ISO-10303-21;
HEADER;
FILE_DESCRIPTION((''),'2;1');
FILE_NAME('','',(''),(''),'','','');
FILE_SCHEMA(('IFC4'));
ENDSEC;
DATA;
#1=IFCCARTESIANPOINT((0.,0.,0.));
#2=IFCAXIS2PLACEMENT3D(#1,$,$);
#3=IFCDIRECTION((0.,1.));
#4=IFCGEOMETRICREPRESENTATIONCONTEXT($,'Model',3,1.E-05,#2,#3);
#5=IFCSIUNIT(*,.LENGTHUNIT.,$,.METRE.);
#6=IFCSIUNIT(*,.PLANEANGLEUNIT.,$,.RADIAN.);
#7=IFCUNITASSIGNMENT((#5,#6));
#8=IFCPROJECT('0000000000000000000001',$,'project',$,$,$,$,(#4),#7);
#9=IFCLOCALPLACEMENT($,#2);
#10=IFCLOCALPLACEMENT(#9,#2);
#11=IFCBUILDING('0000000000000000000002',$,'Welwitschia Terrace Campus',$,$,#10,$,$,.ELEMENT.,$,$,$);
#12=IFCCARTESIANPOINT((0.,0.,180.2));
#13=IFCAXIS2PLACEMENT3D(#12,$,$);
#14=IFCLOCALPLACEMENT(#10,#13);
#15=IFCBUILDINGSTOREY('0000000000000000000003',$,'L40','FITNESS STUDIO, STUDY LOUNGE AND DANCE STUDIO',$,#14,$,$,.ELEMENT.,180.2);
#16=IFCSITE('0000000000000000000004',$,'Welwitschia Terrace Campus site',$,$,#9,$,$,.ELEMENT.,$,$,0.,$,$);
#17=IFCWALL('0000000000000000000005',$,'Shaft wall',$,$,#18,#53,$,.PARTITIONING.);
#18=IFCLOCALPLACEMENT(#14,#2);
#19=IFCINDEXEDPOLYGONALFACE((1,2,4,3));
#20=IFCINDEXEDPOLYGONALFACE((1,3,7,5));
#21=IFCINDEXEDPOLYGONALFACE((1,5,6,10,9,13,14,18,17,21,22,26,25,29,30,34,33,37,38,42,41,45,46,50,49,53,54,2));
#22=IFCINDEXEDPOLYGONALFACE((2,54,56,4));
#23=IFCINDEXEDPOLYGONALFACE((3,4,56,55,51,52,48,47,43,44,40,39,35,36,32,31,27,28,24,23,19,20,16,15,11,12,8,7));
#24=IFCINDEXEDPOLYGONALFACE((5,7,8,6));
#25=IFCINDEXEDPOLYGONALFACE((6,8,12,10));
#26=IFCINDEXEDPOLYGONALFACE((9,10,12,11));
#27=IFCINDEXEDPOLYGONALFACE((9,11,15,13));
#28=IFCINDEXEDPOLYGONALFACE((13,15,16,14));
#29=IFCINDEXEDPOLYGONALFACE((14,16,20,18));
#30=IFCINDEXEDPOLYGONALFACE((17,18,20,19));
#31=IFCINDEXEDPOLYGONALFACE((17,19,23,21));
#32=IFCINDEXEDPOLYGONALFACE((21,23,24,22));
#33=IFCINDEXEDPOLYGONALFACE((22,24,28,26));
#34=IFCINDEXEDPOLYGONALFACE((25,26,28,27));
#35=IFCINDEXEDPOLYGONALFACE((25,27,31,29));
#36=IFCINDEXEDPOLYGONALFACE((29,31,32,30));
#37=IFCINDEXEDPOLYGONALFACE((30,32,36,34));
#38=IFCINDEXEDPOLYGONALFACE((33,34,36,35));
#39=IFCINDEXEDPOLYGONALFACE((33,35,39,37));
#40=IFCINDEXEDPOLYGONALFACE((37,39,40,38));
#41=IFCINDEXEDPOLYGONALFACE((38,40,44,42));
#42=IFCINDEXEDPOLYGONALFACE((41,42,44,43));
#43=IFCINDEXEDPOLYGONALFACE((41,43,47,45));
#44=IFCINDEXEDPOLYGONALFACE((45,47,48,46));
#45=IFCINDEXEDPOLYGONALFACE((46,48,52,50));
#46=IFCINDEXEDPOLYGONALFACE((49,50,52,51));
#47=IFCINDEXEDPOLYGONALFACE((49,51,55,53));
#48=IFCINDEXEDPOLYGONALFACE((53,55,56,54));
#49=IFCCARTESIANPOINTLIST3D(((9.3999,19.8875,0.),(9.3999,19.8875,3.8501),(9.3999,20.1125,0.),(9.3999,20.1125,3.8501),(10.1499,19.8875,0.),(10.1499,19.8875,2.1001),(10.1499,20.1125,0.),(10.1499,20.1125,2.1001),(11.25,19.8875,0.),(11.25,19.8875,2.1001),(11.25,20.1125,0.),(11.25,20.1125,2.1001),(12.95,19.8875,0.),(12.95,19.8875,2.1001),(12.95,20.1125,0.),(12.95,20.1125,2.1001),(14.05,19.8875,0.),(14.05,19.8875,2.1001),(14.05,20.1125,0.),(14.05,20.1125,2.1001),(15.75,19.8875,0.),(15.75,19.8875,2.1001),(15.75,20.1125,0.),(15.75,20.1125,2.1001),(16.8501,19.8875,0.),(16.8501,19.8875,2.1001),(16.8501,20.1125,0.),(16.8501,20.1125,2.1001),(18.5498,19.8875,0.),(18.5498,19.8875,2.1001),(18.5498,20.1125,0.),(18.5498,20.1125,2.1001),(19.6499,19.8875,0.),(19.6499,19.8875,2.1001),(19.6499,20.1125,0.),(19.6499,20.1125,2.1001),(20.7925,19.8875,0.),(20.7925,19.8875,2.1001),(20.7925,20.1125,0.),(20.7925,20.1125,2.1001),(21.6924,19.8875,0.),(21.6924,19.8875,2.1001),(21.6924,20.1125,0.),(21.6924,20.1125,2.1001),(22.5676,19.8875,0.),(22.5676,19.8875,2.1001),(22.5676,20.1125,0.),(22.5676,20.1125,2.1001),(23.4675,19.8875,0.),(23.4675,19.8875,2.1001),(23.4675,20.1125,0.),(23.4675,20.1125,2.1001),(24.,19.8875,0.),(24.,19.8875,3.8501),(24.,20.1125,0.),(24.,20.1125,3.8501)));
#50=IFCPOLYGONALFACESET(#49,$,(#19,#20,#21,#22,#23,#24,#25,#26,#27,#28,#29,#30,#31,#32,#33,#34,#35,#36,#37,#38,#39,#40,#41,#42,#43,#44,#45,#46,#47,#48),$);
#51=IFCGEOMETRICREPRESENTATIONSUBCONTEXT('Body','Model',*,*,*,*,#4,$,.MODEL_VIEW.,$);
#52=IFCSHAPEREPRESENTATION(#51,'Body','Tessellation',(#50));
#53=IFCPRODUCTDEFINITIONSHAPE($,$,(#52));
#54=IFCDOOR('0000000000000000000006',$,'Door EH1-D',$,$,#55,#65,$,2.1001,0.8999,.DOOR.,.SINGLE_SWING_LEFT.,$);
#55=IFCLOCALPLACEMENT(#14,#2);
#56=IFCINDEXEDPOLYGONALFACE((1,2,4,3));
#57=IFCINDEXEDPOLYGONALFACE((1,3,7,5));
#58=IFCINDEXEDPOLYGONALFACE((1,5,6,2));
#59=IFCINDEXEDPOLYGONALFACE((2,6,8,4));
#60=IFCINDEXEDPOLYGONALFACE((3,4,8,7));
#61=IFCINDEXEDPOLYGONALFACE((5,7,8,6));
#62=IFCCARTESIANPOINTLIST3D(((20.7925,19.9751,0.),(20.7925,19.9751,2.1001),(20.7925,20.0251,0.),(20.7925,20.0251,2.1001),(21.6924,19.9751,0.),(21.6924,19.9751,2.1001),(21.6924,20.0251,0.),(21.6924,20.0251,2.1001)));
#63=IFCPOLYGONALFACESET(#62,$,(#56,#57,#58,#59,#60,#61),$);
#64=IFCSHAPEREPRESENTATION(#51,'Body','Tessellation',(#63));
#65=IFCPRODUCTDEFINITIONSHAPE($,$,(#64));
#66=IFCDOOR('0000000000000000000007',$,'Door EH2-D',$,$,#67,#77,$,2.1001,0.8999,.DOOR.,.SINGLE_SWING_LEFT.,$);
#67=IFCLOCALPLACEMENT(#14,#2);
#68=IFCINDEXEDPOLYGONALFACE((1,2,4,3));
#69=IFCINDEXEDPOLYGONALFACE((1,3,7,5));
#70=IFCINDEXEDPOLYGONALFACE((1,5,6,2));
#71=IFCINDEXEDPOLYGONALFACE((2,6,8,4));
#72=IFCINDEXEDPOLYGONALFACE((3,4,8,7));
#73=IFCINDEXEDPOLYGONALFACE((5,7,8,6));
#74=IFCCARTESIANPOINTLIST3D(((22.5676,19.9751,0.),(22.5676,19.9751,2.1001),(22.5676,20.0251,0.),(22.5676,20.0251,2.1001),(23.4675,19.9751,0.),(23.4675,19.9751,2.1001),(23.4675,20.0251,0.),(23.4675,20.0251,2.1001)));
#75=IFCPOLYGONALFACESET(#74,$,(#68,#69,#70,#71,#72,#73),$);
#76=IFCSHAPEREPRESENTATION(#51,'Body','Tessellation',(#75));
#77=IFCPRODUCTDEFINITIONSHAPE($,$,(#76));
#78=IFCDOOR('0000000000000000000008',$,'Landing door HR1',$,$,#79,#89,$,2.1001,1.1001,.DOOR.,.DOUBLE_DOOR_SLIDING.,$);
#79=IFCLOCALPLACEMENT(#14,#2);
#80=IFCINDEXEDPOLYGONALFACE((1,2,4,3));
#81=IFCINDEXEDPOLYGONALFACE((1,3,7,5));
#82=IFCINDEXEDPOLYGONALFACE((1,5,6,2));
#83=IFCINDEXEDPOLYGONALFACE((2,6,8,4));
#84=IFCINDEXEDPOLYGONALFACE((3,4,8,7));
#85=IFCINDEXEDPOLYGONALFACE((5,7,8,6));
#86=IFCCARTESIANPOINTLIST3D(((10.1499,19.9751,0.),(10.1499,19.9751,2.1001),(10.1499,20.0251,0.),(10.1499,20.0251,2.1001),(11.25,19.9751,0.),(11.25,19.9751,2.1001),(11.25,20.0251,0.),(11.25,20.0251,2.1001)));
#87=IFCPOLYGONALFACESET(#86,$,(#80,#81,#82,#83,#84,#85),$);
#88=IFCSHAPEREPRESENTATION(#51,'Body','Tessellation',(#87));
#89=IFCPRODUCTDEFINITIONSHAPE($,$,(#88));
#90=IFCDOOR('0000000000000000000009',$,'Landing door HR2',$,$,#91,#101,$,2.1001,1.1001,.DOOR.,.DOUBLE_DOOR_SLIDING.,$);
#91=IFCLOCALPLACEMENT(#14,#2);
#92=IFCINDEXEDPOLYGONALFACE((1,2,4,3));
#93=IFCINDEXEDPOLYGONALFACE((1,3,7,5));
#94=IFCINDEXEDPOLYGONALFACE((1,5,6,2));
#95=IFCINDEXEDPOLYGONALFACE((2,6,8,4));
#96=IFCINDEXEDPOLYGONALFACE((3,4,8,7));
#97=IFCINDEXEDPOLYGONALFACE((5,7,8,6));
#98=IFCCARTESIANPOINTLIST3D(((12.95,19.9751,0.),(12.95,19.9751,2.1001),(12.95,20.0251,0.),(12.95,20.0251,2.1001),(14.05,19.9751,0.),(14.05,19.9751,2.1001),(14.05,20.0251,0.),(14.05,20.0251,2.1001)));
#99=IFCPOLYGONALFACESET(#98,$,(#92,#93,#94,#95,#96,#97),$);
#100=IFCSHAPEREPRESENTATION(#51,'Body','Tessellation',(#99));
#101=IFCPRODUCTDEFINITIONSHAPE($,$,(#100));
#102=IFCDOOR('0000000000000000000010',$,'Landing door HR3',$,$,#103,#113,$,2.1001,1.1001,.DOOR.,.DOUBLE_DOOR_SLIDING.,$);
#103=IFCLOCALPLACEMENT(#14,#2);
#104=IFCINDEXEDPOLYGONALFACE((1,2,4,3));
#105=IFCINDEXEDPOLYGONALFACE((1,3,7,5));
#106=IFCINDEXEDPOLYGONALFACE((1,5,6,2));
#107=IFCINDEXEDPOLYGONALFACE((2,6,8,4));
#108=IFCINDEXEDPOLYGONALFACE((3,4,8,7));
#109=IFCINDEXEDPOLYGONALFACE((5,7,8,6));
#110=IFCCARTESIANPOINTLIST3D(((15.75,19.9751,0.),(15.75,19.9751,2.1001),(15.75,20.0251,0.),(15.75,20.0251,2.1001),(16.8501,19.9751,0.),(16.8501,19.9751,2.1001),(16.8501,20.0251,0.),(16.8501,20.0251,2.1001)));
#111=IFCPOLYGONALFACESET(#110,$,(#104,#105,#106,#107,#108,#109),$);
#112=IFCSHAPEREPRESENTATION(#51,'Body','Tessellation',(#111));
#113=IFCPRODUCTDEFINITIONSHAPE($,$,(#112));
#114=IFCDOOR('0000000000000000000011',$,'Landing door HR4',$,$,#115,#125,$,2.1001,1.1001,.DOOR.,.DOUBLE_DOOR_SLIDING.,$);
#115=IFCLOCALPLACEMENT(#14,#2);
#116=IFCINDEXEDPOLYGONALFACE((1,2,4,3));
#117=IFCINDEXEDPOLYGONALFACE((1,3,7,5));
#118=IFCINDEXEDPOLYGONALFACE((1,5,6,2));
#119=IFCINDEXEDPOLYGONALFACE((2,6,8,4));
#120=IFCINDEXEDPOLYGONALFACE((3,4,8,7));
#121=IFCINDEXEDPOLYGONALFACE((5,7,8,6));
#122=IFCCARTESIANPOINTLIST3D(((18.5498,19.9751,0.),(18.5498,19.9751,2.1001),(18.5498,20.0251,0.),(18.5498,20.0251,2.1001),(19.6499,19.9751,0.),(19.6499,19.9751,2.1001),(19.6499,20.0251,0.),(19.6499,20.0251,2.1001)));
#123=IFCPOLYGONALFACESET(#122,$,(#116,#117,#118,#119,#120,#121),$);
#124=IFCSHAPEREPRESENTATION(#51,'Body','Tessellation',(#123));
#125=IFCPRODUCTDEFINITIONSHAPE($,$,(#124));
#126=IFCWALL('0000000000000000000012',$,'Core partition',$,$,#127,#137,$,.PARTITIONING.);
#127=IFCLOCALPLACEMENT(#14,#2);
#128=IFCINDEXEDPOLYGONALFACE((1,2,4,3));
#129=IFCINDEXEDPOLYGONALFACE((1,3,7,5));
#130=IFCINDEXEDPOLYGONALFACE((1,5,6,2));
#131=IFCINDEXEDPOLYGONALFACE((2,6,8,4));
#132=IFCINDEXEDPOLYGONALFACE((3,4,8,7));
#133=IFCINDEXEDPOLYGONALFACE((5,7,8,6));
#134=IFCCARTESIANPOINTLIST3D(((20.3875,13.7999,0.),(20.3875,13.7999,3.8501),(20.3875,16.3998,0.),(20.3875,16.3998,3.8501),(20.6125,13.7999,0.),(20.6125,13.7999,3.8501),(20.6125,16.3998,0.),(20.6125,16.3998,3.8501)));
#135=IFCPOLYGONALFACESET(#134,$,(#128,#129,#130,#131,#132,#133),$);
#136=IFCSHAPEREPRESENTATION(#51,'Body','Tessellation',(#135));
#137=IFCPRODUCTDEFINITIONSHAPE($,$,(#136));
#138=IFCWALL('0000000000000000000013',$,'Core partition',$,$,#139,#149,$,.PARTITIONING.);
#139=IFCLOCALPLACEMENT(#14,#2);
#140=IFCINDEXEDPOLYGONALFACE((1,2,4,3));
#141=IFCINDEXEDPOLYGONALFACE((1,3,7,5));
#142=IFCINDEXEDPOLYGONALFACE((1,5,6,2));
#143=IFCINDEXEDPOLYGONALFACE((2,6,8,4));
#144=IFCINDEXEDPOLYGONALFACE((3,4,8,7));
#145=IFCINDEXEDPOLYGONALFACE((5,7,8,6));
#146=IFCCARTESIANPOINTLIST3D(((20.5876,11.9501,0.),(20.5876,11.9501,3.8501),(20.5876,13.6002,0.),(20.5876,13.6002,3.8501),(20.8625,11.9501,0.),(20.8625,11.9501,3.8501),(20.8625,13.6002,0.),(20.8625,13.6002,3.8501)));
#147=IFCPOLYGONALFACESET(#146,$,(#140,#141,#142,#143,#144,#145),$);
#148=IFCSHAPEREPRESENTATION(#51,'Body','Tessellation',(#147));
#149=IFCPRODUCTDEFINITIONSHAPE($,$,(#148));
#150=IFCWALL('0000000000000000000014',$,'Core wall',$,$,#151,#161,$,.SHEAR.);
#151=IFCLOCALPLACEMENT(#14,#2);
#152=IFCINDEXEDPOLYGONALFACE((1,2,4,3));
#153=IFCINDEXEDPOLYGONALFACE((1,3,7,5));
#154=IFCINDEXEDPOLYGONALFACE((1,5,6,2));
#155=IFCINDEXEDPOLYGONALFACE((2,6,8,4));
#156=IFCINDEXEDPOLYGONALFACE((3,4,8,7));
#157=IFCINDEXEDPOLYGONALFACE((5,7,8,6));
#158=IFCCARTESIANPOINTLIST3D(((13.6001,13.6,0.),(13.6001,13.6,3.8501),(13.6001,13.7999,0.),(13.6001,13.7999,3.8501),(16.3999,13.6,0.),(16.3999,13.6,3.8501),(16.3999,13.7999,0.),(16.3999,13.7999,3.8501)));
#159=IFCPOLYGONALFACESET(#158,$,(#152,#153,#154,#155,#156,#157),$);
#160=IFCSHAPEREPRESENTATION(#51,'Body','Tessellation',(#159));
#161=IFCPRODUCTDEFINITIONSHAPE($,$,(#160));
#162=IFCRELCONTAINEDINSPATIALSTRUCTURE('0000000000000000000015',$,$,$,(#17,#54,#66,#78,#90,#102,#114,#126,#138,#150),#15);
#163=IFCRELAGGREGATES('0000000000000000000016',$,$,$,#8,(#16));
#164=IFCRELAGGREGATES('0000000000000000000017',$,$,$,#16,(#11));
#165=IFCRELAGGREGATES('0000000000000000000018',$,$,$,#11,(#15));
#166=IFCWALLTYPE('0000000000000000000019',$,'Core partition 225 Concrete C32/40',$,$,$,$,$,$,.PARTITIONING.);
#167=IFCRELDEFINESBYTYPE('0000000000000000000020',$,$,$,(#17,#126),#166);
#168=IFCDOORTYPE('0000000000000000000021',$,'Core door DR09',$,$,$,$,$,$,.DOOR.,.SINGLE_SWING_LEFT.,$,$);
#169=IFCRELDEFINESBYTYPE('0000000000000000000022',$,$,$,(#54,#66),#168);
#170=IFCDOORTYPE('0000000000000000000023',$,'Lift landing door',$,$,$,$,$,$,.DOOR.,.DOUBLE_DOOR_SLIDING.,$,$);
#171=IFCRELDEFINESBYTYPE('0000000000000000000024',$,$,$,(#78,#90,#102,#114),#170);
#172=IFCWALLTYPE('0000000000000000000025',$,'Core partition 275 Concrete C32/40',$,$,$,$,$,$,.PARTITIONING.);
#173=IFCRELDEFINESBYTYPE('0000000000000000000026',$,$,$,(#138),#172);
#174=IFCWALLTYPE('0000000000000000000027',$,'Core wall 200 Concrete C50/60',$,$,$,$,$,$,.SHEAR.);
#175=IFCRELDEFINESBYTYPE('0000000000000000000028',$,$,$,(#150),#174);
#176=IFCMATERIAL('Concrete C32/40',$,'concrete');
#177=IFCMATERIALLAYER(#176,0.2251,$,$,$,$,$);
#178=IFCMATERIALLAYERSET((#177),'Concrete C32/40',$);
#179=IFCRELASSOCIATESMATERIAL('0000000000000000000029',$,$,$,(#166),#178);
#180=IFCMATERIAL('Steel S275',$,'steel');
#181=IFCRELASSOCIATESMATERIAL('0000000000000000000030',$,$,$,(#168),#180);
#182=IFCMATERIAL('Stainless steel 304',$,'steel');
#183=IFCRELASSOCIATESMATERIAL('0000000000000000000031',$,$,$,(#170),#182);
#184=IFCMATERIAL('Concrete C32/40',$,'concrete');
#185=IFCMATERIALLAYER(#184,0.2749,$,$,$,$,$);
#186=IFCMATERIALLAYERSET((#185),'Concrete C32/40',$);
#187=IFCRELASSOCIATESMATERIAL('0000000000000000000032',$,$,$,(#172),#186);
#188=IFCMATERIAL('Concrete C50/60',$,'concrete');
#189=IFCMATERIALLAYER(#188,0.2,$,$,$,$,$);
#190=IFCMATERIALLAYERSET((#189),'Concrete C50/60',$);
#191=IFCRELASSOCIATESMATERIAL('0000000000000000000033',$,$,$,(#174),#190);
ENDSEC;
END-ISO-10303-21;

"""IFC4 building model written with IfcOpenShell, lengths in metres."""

from ifc_helpers import new_model, si_unit, direction, frame, frame_2d, origin, place, context, subcontext, project, spatial, rectangle, extrude, material, layer, layer_set, type_object, element, fill, save


model = new_model("IFC4")

# Units and contexts
model_context = context("Model", 3, precision=1e-05, world=origin(), true_north=direction((0.0, 1.0)))
body_context = subcontext(model_context, "Body", "Model", "MODEL_VIEW")
ifc_project = project(units=[si_unit("LENGTHUNIT", "METRE"), si_unit("PLANEANGLEUNIT", "RADIAN")], contexts=[model_context])

# Site, building, storey
site_placement = place(None, origin())
site = spatial("IfcSite", under=ifc_project, at=site_placement, Name="Welwitschia Terrace Campus site", CompositionType="ELEMENT", RefElevation=0.0)
building_placement = place(site_placement, origin())
building = spatial("IfcBuilding", under=site, at=building_placement, Name="Welwitschia Terrace Campus", CompositionType="ELEMENT")
storey_placement = place(building_placement, frame((0.0, 0.0, 180.2)))
storey = spatial("IfcBuildingStorey", under=building, at=storey_placement, Name="L40", Description="FITNESS STUDIO, STUDY LOUNGE AND DANCE STUDIO", CompositionType="ELEMENT", Elevation=180.2)

# Shared definitions
ifc_material_1 = material(Name="Concrete C32/40", Category="concrete")
ifc_layer_1 = layer(ifc_material_1, 0.2251)
ifc_layer_set_1 = layer_set([ifc_layer_1], Name="Concrete C32/40")
wall_type_1 = type_object("IfcWallType", Name="Core partition 225 Concrete C32/40", PredefinedType="PARTITIONING", material=ifc_layer_set_1)

# Wall, openings, doors
wall_1_placement = place(storey_placement, frame((24.0, 20.0, 0.0), z_axis=(0.0, 0.0, 1.0), x_axis=(-1.0, 0.0, 0.0)))
wall_1 = element("IfcWall", 1, at=wall_1_placement, inside=storey, type_object=wall_type_1, Name="Shaft wall", PredefinedType="PARTITIONING", context=body_context, shape_type="SweptSolid", body=[
    extrude(rectangle(XDim=14.6001, YDim=0.2251, at=frame_2d((7.3, 0.0))), origin(), (0.0, 0.0, 1.0), 3.8501),
])
opening_1_placement = place(wall_1_placement, frame((12.75, 0.0, 0.0)))
opening_1 = element("IfcOpeningElement", 2, at=opening_1_placement, cuts=wall_1, PredefinedType="OPENING", context=body_context, shape_type="SweptSolid", body=[
    extrude(rectangle(XDim=1.1001, YDim=2.1001, at=frame_2d((0.55, 1.05))), frame((0.0, 0.1226, 0.0), z_axis=(0.0, -1.0, 0.0), x_axis=(1.0, 0.0, 0.0)), (0.0, 0.0, 1.0), 0.2451),
])
opening_2_placement = place(wall_1_placement, frame((9.95, 0.0, 0.0)))
opening_2 = element("IfcOpeningElement", 3, at=opening_2_placement, cuts=wall_1, PredefinedType="OPENING", context=body_context, shape_type="SweptSolid", body=[
    extrude(rectangle(XDim=1.1001, YDim=2.1001, at=frame_2d((0.55, 1.05))), frame((0.0, 0.1226, 0.0), z_axis=(0.0, -1.0, 0.0), x_axis=(1.0, 0.0, 0.0)), (0.0, 0.0, 1.0), 0.2451),
])
opening_3_placement = place(wall_1_placement, frame((7.1499, 0.0, 0.0)))
opening_3 = element("IfcOpeningElement", 4, at=opening_3_placement, cuts=wall_1, PredefinedType="OPENING", context=body_context, shape_type="SweptSolid", body=[
    extrude(rectangle(XDim=1.1001, YDim=2.1001, at=frame_2d((0.55, 1.05))), frame((0.0, 0.1226, 0.0), z_axis=(0.0, -1.0, 0.0), x_axis=(1.0, 0.0, 0.0)), (0.0, 0.0, 1.0), 0.2451),
])
opening_4_placement = place(wall_1_placement, frame((4.3501, 0.0, 0.0)))
opening_4 = element("IfcOpeningElement", 5, at=opening_4_placement, cuts=wall_1, PredefinedType="OPENING", context=body_context, shape_type="SweptSolid", body=[
    extrude(rectangle(XDim=1.1001, YDim=2.1001, at=frame_2d((0.55, 1.05))), frame((0.0, 0.1226, 0.0), z_axis=(0.0, -1.0, 0.0), x_axis=(1.0, 0.0, 0.0)), (0.0, 0.0, 1.0), 0.2451),
])
opening_5_placement = place(wall_1_placement, frame((2.3076, 0.0, 0.0)))
opening_5 = element("IfcOpeningElement", 6, at=opening_5_placement, cuts=wall_1, PredefinedType="OPENING", context=body_context, shape_type="SweptSolid", body=[
    extrude(rectangle(XDim=0.8999, YDim=2.1001, at=frame_2d((0.45, 1.05))), frame((0.0, 0.1226, 0.0), z_axis=(0.0, -1.0, 0.0), x_axis=(1.0, 0.0, 0.0)), (0.0, 0.0, 1.0), 0.2451),
])
opening_6_placement = place(wall_1_placement, frame((0.5325, 0.0, 0.0)))
opening_6 = element("IfcOpeningElement", 7, at=opening_6_placement, cuts=wall_1, PredefinedType="OPENING", context=body_context, shape_type="SweptSolid", body=[
    extrude(rectangle(XDim=0.8999, YDim=2.1001, at=frame_2d((0.45, 1.05))), frame((0.0, 0.1226, 0.0), z_axis=(0.0, -1.0, 0.0), x_axis=(1.0, 0.0, 0.0)), (0.0, 0.0, 1.0), 0.2451),
])
ifc_material_2 = material(Name="Steel S275", Category="steel")
door_type_1 = type_object("IfcDoorType", Name="Core door DR09", OperationType="SINGLE_SWING_LEFT", PredefinedType="DOOR", material=ifc_material_2)
door_1_placement = place(opening_5_placement, origin())
door_1 = element("IfcDoor", 8, at=door_1_placement, inside=storey, type_object=door_type_1, Name="Door EH1-D", OperationType="SINGLE_SWING_LEFT", OverallHeight=2.1001, OverallWidth=0.8999, PredefinedType="DOOR", context=body_context, shape_type="SweptSolid", body=[
    extrude(rectangle(XDim=0.8999, YDim=2.1001, at=frame_2d((0.45, 1.05))), frame((0.0, 0.0249, 0.0), z_axis=(0.0, -1.0, 0.0), x_axis=(1.0, 0.0, 0.0)), (0.0, 0.0, 1.0), 0.05),
])
fill(opening_5, door_1)
door_2_placement = place(opening_6_placement, origin())
door_2 = element("IfcDoor", 9, at=door_2_placement, inside=storey, type_object=door_type_1, Name="Door EH2-D", OperationType="SINGLE_SWING_LEFT", OverallHeight=2.1001, OverallWidth=0.8999, PredefinedType="DOOR", context=body_context, shape_type="SweptSolid", body=[
    extrude(rectangle(XDim=0.8999, YDim=2.1001, at=frame_2d((0.45, 1.05))), frame((0.0, 0.0249, 0.0), z_axis=(0.0, -1.0, 0.0), x_axis=(1.0, 0.0, 0.0)), (0.0, 0.0, 1.0), 0.05),
])
fill(opening_6, door_2)
ifc_material_3 = material(Name="Stainless steel 304", Category="steel")
door_type_2 = type_object("IfcDoorType", Name="Lift landing door", OperationType="DOUBLE_DOOR_SLIDING", PredefinedType="DOOR", material=ifc_material_3)
door_3_placement = place(opening_1_placement, origin())
door_3 = element("IfcDoor", 10, at=door_3_placement, inside=storey, type_object=door_type_2, Name="Landing door HR1", OperationType="DOUBLE_DOOR_SLIDING", OverallHeight=2.1001, OverallWidth=1.1001, PredefinedType="DOOR", context=body_context, shape_type="SweptSolid", body=[
    extrude(rectangle(XDim=1.1001, YDim=2.1001, at=frame_2d((0.55, 1.05))), frame((0.0, 0.0249, 0.0), z_axis=(0.0, -1.0, 0.0), x_axis=(1.0, 0.0, 0.0)), (0.0, 0.0, 1.0), 0.05),
])
fill(opening_1, door_3)
door_4_placement = place(opening_2_placement, origin())
door_4 = element("IfcDoor", 11, at=door_4_placement, inside=storey, type_object=door_type_2, Name="Landing door HR2", OperationType="DOUBLE_DOOR_SLIDING", OverallHeight=2.1001, OverallWidth=1.1001, PredefinedType="DOOR", context=body_context, shape_type="SweptSolid", body=[
    extrude(rectangle(XDim=1.1001, YDim=2.1001, at=frame_2d((0.55, 1.05))), frame((0.0, 0.0249, 0.0), z_axis=(0.0, -1.0, 0.0), x_axis=(1.0, 0.0, 0.0)), (0.0, 0.0, 1.0), 0.05),
])
fill(opening_2, door_4)
door_5_placement = place(opening_3_placement, origin())
door_5 = element("IfcDoor", 12, at=door_5_placement, inside=storey, type_object=door_type_2, Name="Landing door HR3", OperationType="DOUBLE_DOOR_SLIDING", OverallHeight=2.1001, OverallWidth=1.1001, PredefinedType="DOOR", context=body_context, shape_type="SweptSolid", body=[
    extrude(rectangle(XDim=1.1001, YDim=2.1001, at=frame_2d((0.55, 1.05))), frame((0.0, 0.0249, 0.0), z_axis=(0.0, -1.0, 0.0), x_axis=(1.0, 0.0, 0.0)), (0.0, 0.0, 1.0), 0.05),
])
fill(opening_3, door_5)
door_6_placement = place(opening_4_placement, origin())
door_6 = element("IfcDoor", 13, at=door_6_placement, inside=storey, type_object=door_type_2, Name="Landing door HR4", OperationType="DOUBLE_DOOR_SLIDING", OverallHeight=2.1001, OverallWidth=1.1001, PredefinedType="DOOR", context=body_context, shape_type="SweptSolid", body=[
    extrude(rectangle(XDim=1.1001, YDim=2.1001, at=frame_2d((0.55, 1.05))), frame((0.0, 0.0249, 0.0), z_axis=(0.0, -1.0, 0.0), x_axis=(1.0, 0.0, 0.0)), (0.0, 0.0, 1.0), 0.05),
])
fill(opening_4, door_6)

# Walls
wall_2_placement = place(storey_placement, frame((20.5, 13.8, 0.0), z_axis=(0.0, 0.0, 1.0), x_axis=(0.0, 1.0, 0.0)))
element("IfcWall", 14, at=wall_2_placement, inside=storey, type_object=wall_type_1, Name="Core partition", PredefinedType="PARTITIONING", context=body_context, shape_type="SweptSolid", body=[
    extrude(rectangle(XDim=2.5999, YDim=0.2251, at=frame_2d((1.2998, 0.0))), origin(), (0.0, 0.0, 1.0), 3.8501),
])
ifc_material_4 = material(Name="Concrete C32/40", Category="concrete")
ifc_layer_2 = layer(ifc_material_4, 0.2749)
ifc_layer_set_2 = layer_set([ifc_layer_2], Name="Concrete C32/40")
wall_type_2 = type_object("IfcWallType", Name="Core partition 275 Concrete C32/40", PredefinedType="PARTITIONING", material=ifc_layer_set_2)
wall_3_placement = place(storey_placement, frame((20.7251, 11.95, 0.0), z_axis=(0.0, 0.0, 1.0), x_axis=(0.0, 1.0, 0.0)))
element("IfcWall", 15, at=wall_3_placement, inside=storey, type_object=wall_type_2, Name="Core partition", PredefinedType="PARTITIONING", context=body_context, shape_type="SweptSolid", body=[
    extrude(rectangle(XDim=1.6501, YDim=0.2749, at=frame_2d((0.8252, 0.0))), origin(), (0.0, 0.0, 1.0), 3.8501),
])
ifc_material_5 = material(Name="Concrete C50/60", Category="concrete")
ifc_layer_3 = layer(ifc_material_5, 0.2)
ifc_layer_set_3 = layer_set([ifc_layer_3], Name="Concrete C50/60")
wall_type_3 = type_object("IfcWallType", Name="Core wall 200 Concrete C50/60", PredefinedType="SHEAR", material=ifc_layer_set_3)
wall_4_placement = place(storey_placement, frame((13.6001, 13.7, 0.0), z_axis=(0.0, 0.0, 1.0), x_axis=(1.0, 0.0, 0.0)))
element("IfcWall", 16, at=wall_4_placement, inside=storey, type_object=wall_type_3, Name="Core wall", PredefinedType="SHEAR", context=body_context, shape_type="SweptSolid", body=[
    extrude(rectangle(XDim=2.7998, YDim=0.2, at=frame_2d((1.3999, 0.0))), origin(), (0.0, 0.0, 1.0), 3.8501),
])

save(model, "model.ifc")
